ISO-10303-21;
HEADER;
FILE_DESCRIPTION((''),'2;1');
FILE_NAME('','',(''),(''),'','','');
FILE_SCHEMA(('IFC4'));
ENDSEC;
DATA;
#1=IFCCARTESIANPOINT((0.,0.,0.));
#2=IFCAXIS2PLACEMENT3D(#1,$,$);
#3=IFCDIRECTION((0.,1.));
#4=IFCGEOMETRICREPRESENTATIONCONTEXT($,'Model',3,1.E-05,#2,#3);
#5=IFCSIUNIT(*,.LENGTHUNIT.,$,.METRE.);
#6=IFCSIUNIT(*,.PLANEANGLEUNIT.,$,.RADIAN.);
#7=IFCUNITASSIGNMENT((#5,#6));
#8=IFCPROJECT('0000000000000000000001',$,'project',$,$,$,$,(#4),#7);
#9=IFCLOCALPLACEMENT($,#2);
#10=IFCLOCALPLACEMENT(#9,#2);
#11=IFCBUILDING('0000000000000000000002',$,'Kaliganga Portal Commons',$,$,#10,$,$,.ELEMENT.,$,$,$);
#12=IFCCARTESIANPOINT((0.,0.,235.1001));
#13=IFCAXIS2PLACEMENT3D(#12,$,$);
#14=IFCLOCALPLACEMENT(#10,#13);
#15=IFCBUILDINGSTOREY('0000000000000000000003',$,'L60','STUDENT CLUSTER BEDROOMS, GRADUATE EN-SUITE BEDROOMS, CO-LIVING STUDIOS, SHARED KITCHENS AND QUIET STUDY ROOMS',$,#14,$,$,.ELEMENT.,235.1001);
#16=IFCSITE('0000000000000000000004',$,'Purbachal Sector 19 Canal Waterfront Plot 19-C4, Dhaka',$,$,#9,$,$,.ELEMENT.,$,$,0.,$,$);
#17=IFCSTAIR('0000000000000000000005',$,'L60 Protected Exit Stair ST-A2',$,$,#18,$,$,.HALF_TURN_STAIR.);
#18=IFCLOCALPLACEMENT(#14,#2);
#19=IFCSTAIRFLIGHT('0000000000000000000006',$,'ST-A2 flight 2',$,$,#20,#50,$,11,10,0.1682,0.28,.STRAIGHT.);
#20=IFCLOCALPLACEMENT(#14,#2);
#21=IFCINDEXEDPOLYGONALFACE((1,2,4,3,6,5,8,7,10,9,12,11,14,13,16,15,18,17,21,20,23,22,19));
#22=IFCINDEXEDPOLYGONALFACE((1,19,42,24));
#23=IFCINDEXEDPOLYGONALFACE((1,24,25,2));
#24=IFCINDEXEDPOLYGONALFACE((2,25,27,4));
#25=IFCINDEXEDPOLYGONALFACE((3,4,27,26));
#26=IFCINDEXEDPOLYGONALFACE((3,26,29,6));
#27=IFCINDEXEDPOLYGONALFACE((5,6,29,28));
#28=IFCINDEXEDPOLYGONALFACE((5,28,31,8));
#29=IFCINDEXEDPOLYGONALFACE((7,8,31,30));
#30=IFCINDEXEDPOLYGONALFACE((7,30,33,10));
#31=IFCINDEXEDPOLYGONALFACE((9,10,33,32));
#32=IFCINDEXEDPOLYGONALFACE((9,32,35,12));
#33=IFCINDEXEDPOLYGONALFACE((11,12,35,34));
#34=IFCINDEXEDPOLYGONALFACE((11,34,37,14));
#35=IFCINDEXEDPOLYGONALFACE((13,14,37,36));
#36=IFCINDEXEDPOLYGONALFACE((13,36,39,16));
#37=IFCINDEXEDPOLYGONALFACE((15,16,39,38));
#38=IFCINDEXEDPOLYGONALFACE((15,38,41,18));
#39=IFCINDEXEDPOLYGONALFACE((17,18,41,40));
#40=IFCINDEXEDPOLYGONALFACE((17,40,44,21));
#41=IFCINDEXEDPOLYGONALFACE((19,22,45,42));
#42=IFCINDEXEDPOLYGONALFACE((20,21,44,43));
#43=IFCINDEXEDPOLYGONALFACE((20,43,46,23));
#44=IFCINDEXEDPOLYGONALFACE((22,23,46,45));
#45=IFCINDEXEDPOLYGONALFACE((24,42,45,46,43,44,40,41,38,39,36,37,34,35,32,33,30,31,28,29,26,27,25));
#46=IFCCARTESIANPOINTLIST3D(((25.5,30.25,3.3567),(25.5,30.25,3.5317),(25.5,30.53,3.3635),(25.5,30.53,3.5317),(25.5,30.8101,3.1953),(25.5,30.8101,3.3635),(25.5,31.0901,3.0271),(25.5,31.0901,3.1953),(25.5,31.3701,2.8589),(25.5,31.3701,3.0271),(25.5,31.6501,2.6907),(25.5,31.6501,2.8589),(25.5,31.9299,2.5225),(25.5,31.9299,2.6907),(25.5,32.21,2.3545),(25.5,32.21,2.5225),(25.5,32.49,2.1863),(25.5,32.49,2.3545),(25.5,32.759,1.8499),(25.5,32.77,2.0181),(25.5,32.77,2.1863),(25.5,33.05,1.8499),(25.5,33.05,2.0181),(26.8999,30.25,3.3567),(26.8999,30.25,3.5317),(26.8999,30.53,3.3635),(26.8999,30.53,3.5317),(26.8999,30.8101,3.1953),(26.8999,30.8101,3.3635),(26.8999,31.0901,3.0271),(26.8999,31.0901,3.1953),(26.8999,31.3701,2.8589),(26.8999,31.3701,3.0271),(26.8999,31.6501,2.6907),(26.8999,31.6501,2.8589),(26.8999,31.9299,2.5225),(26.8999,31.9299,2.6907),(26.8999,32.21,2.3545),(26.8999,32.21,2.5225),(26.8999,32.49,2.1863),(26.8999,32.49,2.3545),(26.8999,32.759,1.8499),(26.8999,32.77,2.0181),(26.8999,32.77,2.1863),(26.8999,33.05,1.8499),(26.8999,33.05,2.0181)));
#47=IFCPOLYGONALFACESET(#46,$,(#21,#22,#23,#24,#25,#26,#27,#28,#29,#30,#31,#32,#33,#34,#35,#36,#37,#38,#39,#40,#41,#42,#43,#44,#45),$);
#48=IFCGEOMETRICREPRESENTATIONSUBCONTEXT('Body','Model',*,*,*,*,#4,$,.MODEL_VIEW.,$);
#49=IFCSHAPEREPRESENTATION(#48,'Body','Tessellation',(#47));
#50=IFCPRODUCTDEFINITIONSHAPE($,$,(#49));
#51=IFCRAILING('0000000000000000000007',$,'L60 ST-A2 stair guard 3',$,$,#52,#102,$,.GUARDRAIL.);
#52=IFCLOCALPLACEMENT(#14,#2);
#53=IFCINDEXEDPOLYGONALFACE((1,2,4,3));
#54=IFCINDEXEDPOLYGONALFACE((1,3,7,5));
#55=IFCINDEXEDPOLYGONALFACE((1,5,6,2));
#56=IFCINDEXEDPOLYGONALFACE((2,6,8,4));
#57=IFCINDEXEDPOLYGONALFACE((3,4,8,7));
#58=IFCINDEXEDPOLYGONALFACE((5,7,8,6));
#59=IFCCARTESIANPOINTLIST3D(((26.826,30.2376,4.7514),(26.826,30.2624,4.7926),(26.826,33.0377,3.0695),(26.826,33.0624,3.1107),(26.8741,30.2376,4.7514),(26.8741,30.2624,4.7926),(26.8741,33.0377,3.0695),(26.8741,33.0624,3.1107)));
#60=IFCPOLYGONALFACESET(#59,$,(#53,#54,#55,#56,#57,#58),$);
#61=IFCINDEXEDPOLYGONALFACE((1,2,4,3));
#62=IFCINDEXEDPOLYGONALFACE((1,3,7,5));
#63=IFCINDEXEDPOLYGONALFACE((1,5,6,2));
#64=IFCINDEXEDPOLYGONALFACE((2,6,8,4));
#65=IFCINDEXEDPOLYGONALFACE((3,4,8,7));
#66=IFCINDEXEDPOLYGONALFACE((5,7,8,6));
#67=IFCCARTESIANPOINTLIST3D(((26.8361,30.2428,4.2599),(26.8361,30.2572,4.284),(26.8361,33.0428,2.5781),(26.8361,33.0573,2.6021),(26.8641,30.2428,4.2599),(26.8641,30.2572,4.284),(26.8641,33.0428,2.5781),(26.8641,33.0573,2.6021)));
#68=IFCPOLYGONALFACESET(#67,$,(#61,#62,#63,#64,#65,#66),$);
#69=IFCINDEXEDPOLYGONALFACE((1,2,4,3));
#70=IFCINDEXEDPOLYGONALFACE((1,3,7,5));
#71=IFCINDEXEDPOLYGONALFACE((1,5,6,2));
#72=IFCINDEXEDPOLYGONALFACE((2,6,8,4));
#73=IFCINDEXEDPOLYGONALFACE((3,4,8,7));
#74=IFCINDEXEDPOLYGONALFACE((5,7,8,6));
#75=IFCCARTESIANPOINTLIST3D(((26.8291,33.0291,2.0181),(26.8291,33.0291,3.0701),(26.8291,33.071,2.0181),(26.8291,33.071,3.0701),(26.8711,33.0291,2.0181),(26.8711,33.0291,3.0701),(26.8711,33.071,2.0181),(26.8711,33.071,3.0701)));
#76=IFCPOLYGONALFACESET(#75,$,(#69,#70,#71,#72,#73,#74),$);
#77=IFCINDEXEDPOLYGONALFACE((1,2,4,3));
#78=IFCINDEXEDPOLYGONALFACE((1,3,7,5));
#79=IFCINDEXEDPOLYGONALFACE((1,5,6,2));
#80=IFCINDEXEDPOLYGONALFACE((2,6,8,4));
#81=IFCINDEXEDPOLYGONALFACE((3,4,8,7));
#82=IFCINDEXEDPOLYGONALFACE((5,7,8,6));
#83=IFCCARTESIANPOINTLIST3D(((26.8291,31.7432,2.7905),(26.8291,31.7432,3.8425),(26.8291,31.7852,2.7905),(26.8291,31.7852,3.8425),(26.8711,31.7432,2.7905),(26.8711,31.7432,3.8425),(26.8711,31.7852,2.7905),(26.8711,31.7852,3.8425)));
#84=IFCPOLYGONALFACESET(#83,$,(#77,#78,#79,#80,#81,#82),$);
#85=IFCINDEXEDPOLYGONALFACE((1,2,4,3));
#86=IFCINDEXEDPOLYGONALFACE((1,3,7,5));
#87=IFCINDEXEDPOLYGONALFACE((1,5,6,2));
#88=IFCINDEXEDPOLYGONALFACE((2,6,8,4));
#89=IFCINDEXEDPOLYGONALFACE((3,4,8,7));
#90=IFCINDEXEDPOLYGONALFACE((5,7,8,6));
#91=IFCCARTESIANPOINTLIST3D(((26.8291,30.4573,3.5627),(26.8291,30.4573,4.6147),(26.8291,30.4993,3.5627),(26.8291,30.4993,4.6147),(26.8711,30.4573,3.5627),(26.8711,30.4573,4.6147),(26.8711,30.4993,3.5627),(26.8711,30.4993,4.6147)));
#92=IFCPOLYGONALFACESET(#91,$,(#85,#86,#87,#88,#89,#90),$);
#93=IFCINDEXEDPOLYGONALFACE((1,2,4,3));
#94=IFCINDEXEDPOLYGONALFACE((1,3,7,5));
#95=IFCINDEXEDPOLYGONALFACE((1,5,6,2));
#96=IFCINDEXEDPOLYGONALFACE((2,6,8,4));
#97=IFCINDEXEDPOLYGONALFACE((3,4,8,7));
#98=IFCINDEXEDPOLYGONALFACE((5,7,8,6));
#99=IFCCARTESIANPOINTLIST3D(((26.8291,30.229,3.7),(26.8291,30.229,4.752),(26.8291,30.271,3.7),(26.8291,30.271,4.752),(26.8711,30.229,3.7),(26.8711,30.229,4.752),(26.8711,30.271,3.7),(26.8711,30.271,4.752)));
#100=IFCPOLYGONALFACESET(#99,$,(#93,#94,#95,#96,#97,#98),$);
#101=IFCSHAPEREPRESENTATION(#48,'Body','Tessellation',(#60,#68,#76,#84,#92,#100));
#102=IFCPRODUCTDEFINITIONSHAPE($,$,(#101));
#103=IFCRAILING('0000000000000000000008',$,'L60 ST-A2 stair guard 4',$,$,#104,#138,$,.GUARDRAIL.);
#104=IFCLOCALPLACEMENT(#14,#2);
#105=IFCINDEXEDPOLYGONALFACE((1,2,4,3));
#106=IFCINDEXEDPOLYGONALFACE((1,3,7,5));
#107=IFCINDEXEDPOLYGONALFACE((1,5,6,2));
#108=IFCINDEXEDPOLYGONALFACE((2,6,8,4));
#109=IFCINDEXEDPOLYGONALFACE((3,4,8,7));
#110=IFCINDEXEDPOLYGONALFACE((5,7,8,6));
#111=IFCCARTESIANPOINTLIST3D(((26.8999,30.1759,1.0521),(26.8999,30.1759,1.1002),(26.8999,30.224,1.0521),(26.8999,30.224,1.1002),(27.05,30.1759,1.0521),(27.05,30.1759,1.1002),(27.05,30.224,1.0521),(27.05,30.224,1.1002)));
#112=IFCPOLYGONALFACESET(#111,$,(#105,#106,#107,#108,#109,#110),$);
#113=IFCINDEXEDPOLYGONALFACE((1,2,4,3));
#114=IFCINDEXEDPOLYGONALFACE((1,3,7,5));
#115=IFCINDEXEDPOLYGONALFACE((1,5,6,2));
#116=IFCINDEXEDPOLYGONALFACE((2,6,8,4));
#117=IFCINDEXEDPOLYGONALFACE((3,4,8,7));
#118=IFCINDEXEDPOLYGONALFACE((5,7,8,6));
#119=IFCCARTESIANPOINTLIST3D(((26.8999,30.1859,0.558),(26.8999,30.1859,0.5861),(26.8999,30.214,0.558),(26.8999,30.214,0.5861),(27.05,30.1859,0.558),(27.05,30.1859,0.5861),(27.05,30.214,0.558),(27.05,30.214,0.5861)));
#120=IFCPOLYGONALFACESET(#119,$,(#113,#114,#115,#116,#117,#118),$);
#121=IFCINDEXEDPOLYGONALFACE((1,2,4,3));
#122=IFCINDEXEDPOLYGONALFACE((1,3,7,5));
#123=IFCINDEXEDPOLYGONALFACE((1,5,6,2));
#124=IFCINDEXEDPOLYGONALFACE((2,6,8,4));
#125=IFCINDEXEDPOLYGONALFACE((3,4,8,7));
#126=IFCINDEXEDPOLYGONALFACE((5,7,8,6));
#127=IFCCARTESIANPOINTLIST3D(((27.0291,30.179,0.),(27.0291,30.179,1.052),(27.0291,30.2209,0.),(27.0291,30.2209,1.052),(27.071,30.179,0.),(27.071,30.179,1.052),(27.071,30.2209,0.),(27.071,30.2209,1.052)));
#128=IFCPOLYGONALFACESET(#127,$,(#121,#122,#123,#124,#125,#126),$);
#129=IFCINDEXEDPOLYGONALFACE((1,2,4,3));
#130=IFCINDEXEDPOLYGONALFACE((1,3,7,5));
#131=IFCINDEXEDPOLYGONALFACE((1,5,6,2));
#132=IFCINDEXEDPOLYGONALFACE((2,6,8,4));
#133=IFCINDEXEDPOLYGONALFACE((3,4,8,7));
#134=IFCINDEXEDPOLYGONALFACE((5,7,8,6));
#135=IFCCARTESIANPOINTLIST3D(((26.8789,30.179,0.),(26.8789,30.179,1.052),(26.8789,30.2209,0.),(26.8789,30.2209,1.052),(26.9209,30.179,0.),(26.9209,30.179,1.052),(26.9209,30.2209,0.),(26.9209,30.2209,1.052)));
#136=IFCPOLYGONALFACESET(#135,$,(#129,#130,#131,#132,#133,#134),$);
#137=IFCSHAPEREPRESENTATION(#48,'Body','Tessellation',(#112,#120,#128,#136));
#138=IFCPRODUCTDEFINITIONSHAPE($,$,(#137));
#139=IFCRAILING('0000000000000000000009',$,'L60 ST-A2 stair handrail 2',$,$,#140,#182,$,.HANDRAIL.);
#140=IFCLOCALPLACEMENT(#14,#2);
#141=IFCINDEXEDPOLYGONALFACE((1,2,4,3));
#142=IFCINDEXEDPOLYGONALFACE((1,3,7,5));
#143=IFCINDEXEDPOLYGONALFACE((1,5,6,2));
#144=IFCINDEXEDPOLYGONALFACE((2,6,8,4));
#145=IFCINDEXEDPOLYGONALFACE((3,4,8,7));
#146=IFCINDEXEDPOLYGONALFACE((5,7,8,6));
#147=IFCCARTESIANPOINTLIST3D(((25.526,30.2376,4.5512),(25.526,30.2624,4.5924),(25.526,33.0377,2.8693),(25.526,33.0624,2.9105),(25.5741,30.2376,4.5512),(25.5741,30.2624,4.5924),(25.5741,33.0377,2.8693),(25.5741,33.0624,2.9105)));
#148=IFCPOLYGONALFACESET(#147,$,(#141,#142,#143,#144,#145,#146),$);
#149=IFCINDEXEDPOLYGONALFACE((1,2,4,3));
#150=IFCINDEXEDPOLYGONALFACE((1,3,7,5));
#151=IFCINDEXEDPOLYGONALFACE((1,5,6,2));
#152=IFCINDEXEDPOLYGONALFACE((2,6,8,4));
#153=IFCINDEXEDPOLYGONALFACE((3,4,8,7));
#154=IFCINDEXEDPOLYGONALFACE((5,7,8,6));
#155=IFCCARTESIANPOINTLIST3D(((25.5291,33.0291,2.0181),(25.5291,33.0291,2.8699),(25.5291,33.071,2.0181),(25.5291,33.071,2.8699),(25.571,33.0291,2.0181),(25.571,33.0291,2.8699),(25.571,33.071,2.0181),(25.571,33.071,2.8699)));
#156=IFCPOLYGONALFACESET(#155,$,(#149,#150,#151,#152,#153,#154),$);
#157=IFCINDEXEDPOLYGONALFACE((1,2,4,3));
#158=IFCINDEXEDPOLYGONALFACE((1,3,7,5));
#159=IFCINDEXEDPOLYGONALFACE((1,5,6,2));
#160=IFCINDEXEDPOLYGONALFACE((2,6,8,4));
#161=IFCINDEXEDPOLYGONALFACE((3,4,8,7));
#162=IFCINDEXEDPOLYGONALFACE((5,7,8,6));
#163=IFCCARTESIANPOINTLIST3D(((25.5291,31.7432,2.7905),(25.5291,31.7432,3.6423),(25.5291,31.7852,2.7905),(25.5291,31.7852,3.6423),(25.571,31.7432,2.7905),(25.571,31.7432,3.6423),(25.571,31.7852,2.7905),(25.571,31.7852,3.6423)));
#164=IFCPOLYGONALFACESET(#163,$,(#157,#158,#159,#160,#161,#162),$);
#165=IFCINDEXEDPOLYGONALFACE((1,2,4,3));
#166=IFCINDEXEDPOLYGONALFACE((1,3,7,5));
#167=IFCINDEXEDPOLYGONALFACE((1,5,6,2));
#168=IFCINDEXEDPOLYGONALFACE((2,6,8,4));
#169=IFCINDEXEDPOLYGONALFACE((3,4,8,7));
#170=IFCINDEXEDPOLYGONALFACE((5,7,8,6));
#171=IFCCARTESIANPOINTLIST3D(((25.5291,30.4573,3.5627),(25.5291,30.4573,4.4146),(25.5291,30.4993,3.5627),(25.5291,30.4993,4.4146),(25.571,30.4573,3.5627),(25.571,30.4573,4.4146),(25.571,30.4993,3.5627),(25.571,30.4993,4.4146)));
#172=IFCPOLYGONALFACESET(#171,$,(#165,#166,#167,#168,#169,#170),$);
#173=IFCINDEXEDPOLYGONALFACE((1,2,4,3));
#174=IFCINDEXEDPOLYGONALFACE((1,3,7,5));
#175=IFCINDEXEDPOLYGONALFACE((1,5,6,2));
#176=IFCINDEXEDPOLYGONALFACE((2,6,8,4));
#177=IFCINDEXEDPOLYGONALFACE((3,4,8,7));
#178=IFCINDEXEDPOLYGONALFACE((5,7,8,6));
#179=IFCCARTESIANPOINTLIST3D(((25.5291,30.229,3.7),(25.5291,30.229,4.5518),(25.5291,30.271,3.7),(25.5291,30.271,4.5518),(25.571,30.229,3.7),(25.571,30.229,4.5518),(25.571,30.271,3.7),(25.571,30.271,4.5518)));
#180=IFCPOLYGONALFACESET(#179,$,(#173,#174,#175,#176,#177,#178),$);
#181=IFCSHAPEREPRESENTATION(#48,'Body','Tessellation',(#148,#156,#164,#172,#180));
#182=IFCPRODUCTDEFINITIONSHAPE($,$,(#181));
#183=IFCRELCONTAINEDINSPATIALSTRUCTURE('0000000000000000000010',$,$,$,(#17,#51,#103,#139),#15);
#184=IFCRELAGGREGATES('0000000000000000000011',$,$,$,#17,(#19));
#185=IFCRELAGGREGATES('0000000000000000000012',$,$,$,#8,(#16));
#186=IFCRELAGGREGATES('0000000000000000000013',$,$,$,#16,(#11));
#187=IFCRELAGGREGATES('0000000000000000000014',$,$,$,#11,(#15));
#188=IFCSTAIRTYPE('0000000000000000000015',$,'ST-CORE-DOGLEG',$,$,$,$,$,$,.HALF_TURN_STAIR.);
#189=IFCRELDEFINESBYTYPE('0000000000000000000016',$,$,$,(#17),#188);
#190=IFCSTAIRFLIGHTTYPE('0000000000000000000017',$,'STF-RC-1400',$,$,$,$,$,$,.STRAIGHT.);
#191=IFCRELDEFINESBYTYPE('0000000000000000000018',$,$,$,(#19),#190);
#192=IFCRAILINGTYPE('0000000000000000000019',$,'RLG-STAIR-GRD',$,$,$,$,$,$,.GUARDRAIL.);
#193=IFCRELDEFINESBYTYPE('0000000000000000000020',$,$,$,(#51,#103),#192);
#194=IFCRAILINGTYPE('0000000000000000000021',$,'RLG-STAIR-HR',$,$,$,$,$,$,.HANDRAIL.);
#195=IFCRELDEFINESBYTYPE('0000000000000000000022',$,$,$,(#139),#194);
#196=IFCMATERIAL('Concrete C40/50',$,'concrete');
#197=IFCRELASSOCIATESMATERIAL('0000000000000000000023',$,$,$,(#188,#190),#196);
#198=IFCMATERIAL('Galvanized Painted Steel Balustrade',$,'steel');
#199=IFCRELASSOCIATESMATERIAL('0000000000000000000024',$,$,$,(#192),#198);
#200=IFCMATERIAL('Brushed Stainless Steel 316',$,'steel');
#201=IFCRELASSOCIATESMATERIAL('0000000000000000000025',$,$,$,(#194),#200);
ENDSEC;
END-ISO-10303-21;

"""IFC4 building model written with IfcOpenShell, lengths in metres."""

from ifc_helpers import new_model, si_unit, direction, frame, origin, origin_2d, place, context, subcontext, project, spatial, polyline, rectangle, outline, extrude, material, type_object, element, aggregate, save


model = new_model("IFC4")

# Units and contexts
model_context = context("Model", 3, precision=1e-05, world=origin(), true_north=direction((0.0, 1.0)))
body_context = subcontext(model_context, "Body", "Model", "MODEL_VIEW")
ifc_project = project(units=[si_unit("LENGTHUNIT", "METRE"), si_unit("PLANEANGLEUNIT", "RADIAN")], contexts=[model_context])

# Site, building, storey
site_placement = place(None, origin())
site = spatial("IfcSite", under=ifc_project, at=site_placement, Name="Purbachal Sector 19 Canal Waterfront Plot 19-C4, Dhaka", CompositionType="ELEMENT", RefElevation=0.0)
building_placement = place(site_placement, origin())
building = spatial("IfcBuilding", under=site, at=building_placement, Name="Kaliganga Portal Commons", CompositionType="ELEMENT")
storey_placement = place(building_placement, frame((0.0, 0.0, 235.1001)))
storey = spatial("IfcBuildingStorey", under=building, at=storey_placement, Name="L60", Description="STUDENT CLUSTER BEDROOMS, GRADUATE EN-SUITE BEDROOMS, CO-LIVING STUDIOS, SHARED KITCHENS AND QUIET STUDY ROOMS", CompositionType="ELEMENT", Elevation=235.1001)

# Stair, stair flight
ifc_material_1 = material(Name="Concrete C40/50", Category="concrete")
stair_type = type_object("IfcStairType", Name="ST-CORE-DOGLEG", PredefinedType="HALF_TURN_STAIR", material=ifc_material_1)
stair_placement = place(storey_placement, origin())
stair = element("IfcStair", 1, at=stair_placement, inside=storey, type_object=stair_type, Name="L60 Protected Exit Stair ST-A2", PredefinedType="HALF_TURN_STAIR")
stair_flight_type = type_object("IfcStairFlightType", Name="STF-RC-1400", PredefinedType="STRAIGHT", material=ifc_material_1)
stair_flight_placement = place(storey_placement, frame((26.2, 33.05, 1.8499), z_axis=(0.0, 0.0, 1.0), x_axis=(0.0, -1.0, 0.0)))
stair_flight = element("IfcStairFlight", 2, at=stair_flight_placement, type_object=stair_flight_type, Name="ST-A2 flight 2", NumberOfRisers=11, NumberOfTreads=10, PredefinedType="STRAIGHT", RiserHeight=0.1682, TreadLength=0.28, context=body_context, shape_type="SweptSolid", body=[
    extrude(outline(polyline([(0.0, 0.0), (0.0, 0.1682), (0.28, 0.1682), (0.28, 0.3364), (0.5601, 0.3364), (0.5601, 0.5046), (0.8401, 0.5046), (0.8401, 0.6726), (1.1201, 0.6726), (1.1201, 0.8408), (1.3999, 0.8408), (1.3999, 1.009), (1.6799, 1.009), (1.6799, 1.1772), (1.96, 1.1772), (1.96, 1.3455), (2.24, 1.3455), (2.24, 1.5137), (2.52, 1.5137), (2.52, 1.6819), (2.8, 1.6819), (2.8, 1.8501), (2.8, 1.5068), (0.291, 0.0), (0.0, 0.0)])), frame((0.0, 0.7, 0.0), z_axis=(0.0, -1.0, 0.0), x_axis=(1.0, 0.0, 0.0)), (0.0, 0.0, 1.0), 1.3999),
])
aggregate(stair, [stair_flight])

# Railings
ifc_material_2 = material(Name="Galvanized Painted Steel Balustrade", Category="steel")
railing_type_1 = type_object("IfcRailingType", Name="RLG-STAIR-GRD", PredefinedType="GUARDRAIL", material=ifc_material_2)
railing_1_placement = place(storey_placement, frame((26.8501, 33.05, 2.0181)))
element("IfcRailing", 3, at=railing_1_placement, inside=storey, type_object=railing_type_1, Name="L60 ST-A2 stair guard 3", PredefinedType="GUARDRAIL", context=body_context, shape_type="SweptSolid", body=[
    extrude(rectangle(XDim=0.0481, YDim=0.0481, at=origin_2d()), frame((0.0, 0.0, 1.072), z_axis=(0.0, -0.857242, 0.514913), x_axis=(1.0, 0.0, 0.0)), (0.0, 0.0, 1.0), 3.2664),
    extrude(rectangle(XDim=0.0281, YDim=0.0281, at=origin_2d()), frame((0.0, 0.0, 0.572), z_axis=(0.0, -0.857242, 0.514913), x_axis=(1.0, 0.0, 0.0)), (0.0, 0.0, 1.0), 3.2664),
    extrude(rectangle(XDim=0.042, YDim=0.042, at=origin_2d()), origin(), (0.0, 0.0, 1.0), 1.052),
    extrude(rectangle(XDim=0.042, YDim=0.042, at=origin_2d()), frame((0.0, -1.2859, 0.7725)), (0.0, 0.0, 1.0), 1.052),
    extrude(rectangle(XDim=0.042, YDim=0.042, at=origin_2d()), frame((0.0, -2.5718, 1.5447)), (0.0, 0.0, 1.0), 1.052),
    extrude(rectangle(XDim=0.042, YDim=0.042, at=origin_2d()), frame((0.0, -2.8, 1.6819)), (0.0, 0.0, 1.0), 1.052),
])
railing_2_placement = place(storey_placement, frame((27.05, 30.2, 0.0)))
element("IfcRailing", 4, at=railing_2_placement, inside=storey, type_object=railing_type_1, Name="L60 ST-A2 stair guard 4", PredefinedType="GUARDRAIL", context=body_context, shape_type="SweptSolid", body=[
    extrude(rectangle(XDim=0.0481, YDim=0.0481, at=origin_2d()), frame((0.0, 0.0, 1.0762), z_axis=(-1.0, 0.0, 0.0), x_axis=(0.0, -1.0, 0.0)), (0.0, 0.0, 1.0), 0.1501),
    extrude(rectangle(XDim=0.0281, YDim=0.0281, at=origin_2d()), frame((0.0, 0.0, 0.572), z_axis=(-1.0, 0.0, 0.0), x_axis=(0.0, -1.0, 0.0)), (0.0, 0.0, 1.0), 0.1501),
    extrude(rectangle(XDim=0.042, YDim=0.042, at=origin_2d()), origin(), (0.0, 0.0, 1.0), 1.052),
    extrude(rectangle(XDim=0.042, YDim=0.042, at=origin_2d()), frame((-0.1501, 0.0, 0.0)), (0.0, 0.0, 1.0), 1.052),
])
ifc_material_3 = material(Name="Brushed Stainless Steel 316", Category="steel")
railing_type_2 = type_object("IfcRailingType", Name="RLG-STAIR-HR", PredefinedType="HANDRAIL", material=ifc_material_3)
railing_3_placement = place(storey_placement, frame((25.55, 33.05, 2.0181)))
element("IfcRailing", 5, at=railing_3_placement, inside=storey, type_object=railing_type_2, Name="L60 ST-A2 stair handrail 2", PredefinedType="HANDRAIL", context=body_context, shape_type="SweptSolid", body=[
    extrude(rectangle(XDim=0.0481, YDim=0.0481, at=origin_2d()), frame((0.0, 0.0, 0.8718), z_axis=(0.0, -0.857242, 0.514913), x_axis=(1.0, 0.0, 0.0)), (0.0, 0.0, 1.0), 3.2664),
    extrude(rectangle(XDim=0.042, YDim=0.042, at=origin_2d()), origin(), (0.0, 0.0, 1.0), 0.8518),
    extrude(rectangle(XDim=0.042, YDim=0.042, at=origin_2d()), frame((0.0, -1.2859, 0.7725)), (0.0, 0.0, 1.0), 0.8518),
    extrude(rectangle(XDim=0.042, YDim=0.042, at=origin_2d()), frame((0.0, -2.5718, 1.5447)), (0.0, 0.0, 1.0), 0.8518),
    extrude(rectangle(XDim=0.042, YDim=0.042, at=origin_2d()), frame((0.0, -2.8, 1.6819)), (0.0, 0.0, 1.0), 0.8518),
])

save(model, "model.ifc")
